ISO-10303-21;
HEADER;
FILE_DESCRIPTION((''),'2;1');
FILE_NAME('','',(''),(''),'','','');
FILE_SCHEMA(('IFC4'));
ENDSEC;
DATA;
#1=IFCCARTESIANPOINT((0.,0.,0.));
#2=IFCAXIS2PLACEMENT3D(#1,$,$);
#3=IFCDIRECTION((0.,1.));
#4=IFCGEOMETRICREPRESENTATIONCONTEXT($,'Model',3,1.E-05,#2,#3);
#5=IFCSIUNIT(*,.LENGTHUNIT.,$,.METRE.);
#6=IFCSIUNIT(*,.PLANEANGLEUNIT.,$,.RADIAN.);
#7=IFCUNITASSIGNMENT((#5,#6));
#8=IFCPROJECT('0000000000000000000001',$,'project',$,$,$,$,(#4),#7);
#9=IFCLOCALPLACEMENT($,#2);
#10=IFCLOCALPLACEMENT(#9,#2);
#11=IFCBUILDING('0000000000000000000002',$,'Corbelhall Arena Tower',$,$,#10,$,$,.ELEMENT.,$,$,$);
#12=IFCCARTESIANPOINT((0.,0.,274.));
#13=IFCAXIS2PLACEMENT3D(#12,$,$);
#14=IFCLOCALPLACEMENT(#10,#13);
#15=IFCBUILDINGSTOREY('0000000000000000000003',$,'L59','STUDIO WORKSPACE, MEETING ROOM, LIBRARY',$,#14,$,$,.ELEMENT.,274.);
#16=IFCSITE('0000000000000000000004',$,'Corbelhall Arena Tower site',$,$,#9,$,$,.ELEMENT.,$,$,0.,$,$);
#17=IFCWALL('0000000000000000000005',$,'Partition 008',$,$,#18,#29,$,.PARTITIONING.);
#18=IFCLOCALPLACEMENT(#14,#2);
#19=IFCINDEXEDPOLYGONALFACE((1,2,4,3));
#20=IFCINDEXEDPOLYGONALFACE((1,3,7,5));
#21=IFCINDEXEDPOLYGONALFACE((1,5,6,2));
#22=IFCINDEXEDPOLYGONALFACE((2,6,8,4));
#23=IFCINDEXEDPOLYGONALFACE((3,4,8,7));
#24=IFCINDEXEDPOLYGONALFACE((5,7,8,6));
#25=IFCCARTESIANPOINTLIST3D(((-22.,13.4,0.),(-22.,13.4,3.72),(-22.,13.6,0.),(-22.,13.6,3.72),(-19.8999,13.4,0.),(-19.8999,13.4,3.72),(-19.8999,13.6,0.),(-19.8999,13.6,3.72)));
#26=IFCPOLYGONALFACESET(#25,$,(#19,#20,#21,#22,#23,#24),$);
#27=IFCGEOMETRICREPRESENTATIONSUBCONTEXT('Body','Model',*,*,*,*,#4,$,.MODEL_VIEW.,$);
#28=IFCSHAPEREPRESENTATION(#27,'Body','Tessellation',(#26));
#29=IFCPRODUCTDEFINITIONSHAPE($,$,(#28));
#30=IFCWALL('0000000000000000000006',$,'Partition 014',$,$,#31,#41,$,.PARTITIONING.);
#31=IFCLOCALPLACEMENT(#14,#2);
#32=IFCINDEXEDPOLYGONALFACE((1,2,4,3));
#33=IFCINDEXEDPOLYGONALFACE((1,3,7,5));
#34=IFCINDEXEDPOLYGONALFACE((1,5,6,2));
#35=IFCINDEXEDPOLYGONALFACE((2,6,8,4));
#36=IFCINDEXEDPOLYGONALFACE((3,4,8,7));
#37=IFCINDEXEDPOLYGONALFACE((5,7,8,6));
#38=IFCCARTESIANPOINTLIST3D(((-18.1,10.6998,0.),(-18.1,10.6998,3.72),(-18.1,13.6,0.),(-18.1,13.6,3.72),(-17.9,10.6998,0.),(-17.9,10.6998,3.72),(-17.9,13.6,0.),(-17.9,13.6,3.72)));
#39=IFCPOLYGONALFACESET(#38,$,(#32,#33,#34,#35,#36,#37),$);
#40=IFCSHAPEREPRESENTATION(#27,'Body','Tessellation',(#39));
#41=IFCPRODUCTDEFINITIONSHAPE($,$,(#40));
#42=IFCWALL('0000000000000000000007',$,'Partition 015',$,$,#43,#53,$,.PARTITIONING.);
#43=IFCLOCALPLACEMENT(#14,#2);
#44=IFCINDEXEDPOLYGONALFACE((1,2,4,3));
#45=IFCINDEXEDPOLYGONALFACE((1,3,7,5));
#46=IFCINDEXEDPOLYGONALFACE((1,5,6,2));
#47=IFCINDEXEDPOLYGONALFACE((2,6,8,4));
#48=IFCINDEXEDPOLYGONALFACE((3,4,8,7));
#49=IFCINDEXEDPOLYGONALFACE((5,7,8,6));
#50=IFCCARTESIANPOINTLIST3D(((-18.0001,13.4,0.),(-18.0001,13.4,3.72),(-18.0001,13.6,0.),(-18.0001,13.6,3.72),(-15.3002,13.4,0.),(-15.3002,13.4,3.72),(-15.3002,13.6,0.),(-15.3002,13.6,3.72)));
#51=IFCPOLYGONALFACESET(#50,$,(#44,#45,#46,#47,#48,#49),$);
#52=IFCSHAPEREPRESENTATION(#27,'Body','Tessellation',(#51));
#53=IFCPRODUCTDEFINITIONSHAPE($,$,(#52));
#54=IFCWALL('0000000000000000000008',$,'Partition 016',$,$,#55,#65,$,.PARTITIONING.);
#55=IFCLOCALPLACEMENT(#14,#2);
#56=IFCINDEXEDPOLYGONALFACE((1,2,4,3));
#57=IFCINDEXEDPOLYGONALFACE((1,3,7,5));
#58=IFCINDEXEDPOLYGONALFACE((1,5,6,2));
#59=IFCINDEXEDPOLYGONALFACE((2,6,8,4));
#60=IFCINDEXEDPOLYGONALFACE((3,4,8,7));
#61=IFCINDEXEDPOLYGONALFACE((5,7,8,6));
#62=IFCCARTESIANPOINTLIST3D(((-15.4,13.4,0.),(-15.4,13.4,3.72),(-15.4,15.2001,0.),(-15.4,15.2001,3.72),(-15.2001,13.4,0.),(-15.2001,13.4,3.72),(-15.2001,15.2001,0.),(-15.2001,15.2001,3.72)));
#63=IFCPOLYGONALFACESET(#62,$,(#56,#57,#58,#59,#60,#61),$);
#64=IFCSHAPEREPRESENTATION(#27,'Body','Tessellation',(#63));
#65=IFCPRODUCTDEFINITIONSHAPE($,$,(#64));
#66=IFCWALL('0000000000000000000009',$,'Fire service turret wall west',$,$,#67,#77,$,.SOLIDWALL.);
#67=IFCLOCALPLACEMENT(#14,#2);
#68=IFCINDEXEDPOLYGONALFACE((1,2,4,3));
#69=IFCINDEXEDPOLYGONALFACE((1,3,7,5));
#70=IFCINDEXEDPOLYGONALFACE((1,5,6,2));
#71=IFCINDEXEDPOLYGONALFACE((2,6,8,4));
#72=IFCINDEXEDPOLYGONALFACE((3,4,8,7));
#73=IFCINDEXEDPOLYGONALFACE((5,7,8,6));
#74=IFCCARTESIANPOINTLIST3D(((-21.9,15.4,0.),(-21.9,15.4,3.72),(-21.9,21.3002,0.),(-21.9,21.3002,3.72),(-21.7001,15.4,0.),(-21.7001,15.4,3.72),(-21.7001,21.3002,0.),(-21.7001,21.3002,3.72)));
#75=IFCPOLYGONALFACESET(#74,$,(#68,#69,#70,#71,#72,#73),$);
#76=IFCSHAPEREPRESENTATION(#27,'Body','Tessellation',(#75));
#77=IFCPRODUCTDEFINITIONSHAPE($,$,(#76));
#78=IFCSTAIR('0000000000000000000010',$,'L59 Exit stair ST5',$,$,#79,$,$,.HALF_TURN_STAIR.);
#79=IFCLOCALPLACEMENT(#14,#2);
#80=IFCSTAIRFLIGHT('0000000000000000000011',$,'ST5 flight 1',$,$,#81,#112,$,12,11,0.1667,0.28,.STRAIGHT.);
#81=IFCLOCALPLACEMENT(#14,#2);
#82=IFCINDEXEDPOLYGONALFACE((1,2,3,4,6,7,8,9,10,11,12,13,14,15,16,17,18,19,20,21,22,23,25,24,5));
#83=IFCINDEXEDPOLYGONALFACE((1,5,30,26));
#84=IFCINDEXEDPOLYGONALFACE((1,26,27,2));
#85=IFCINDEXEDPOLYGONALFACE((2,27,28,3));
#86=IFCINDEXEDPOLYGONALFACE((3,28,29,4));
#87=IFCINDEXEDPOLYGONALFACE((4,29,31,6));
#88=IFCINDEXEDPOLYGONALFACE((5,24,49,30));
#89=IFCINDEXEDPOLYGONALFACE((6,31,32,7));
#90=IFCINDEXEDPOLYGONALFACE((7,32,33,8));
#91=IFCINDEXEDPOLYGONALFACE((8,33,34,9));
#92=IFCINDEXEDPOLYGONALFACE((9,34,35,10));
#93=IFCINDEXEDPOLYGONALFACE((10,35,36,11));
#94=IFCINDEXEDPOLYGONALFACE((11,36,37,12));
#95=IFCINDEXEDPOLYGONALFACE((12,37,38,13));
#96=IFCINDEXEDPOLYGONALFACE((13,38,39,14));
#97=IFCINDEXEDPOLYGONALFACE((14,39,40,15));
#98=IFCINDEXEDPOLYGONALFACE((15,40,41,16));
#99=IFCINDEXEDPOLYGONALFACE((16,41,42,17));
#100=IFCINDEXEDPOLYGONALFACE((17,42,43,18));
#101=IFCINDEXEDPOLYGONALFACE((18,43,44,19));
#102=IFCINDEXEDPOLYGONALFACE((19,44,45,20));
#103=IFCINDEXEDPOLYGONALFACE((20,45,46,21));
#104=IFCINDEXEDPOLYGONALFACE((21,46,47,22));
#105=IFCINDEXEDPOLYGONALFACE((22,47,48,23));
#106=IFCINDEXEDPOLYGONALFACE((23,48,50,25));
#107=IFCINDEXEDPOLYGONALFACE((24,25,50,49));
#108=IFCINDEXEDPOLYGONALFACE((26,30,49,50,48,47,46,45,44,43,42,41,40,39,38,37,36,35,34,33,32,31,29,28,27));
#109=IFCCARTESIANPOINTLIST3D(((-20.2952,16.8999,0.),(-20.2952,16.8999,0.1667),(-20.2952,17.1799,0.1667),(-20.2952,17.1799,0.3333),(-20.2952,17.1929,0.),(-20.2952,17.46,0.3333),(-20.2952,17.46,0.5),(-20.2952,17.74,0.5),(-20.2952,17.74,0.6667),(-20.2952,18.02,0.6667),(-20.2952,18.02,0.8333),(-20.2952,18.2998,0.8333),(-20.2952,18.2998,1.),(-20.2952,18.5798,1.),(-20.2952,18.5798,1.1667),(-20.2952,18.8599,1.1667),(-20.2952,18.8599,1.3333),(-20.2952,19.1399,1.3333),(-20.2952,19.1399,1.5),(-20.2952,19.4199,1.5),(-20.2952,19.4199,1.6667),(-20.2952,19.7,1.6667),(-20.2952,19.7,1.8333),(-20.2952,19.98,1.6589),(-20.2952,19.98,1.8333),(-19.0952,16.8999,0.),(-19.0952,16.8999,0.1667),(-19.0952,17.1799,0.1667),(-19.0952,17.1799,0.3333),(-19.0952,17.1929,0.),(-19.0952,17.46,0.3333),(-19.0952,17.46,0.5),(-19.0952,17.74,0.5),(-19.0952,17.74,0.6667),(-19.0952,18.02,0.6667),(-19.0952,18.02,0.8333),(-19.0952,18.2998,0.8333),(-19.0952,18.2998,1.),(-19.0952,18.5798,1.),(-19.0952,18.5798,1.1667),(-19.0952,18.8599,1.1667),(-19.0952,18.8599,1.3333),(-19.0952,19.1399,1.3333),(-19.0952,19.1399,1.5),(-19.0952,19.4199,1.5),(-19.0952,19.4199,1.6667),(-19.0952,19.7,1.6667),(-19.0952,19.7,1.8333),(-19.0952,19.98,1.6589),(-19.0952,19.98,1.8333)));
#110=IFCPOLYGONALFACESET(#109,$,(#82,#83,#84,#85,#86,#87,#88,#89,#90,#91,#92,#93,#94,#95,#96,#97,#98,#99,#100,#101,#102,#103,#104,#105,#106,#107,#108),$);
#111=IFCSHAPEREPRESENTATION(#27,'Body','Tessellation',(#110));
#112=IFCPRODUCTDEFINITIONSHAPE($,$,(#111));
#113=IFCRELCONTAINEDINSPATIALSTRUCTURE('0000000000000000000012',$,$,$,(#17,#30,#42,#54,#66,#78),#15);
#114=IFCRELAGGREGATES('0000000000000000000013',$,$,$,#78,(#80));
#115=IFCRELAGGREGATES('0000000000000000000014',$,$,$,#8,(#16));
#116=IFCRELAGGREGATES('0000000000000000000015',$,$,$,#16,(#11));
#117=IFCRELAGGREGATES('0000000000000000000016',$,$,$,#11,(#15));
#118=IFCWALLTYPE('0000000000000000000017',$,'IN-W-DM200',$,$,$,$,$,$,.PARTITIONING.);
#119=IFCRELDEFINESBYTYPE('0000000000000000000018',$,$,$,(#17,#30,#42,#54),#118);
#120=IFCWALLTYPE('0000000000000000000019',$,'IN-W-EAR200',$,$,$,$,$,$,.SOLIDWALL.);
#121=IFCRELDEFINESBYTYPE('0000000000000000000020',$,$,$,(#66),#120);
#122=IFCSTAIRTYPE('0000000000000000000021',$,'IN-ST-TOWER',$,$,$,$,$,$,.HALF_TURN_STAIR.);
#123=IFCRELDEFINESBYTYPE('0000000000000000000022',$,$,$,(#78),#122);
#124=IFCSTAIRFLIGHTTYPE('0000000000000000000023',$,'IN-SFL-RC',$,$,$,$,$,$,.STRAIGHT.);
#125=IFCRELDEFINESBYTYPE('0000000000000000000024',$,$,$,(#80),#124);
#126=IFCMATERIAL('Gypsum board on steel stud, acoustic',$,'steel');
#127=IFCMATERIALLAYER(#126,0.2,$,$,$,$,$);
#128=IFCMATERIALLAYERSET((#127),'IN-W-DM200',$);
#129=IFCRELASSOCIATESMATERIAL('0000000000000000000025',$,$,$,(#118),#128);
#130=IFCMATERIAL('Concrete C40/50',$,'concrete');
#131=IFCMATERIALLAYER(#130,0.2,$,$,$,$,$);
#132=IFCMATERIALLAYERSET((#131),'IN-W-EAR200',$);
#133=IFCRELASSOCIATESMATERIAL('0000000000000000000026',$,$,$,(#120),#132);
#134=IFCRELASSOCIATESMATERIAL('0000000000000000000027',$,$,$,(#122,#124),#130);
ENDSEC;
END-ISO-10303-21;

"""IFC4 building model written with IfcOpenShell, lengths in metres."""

from ifc_helpers import new_model, si_unit, direction, frame, frame_2d, origin, place, context, subcontext, project, spatial, polyline, rectangle, outline, extrude, material, layer, layer_set, type_object, element, aggregate, save


model = new_model("IFC4")

# Units and contexts
model_context = context("Model", 3, precision=1e-05, world=origin(), true_north=direction((0.0, 1.0)))
body_context = subcontext(model_context, "Body", "Model", "MODEL_VIEW")
ifc_project = project(units=[si_unit("LENGTHUNIT", "METRE"), si_unit("PLANEANGLEUNIT", "RADIAN")], contexts=[model_context])

# Site, building, storey
site_placement = place(None, origin())
site = spatial("IfcSite", under=ifc_project, at=site_placement, Name="Corbelhall Arena Tower site", CompositionType="ELEMENT", RefElevation=0.0)
building_placement = place(site_placement, origin())
building = spatial("IfcBuilding", under=site, at=building_placement, Name="Corbelhall Arena Tower", CompositionType="ELEMENT")
storey_placement = place(building_placement, frame((0.0, 0.0, 274.0)))
storey = spatial("IfcBuildingStorey", under=building, at=storey_placement, Name="L59", Description="STUDIO WORKSPACE, MEETING ROOM, LIBRARY", CompositionType="ELEMENT", Elevation=274.0)

# Wall
ifc_material_1 = material(Name="Gypsum board on steel stud, acoustic", Category="steel")
ifc_layer_1 = layer(ifc_material_1, 0.2)
ifc_layer_set_1 = layer_set([ifc_layer_1], Name="IN-W-DM200")
wall_type_1 = type_object("IfcWallType", Name="IN-W-DM200", PredefinedType="PARTITIONING", material=ifc_layer_set_1)
wall_1_placement = place(storey_placement, frame((-19.8999, 13.5, 0.0), z_axis=(0.0, 0.0, 1.0), x_axis=(-1.0, 0.0, 0.0)))
element("IfcWall", 1, at=wall_1_placement, inside=storey, type_object=wall_type_1, Name="Partition 008", PredefinedType="PARTITIONING", context=body_context, shape_type="SweptSolid", body=[
    extrude(rectangle(XDim=2.1001, YDim=0.2, at=frame_2d((1.05, 0.0))), origin(), (0.0, 0.0, 1.0), 3.72),
])

# Walls
wall_2_placement = place(storey_placement, frame((-18.0, 13.6001, 0.0), z_axis=(0.0, 0.0, 1.0), x_axis=(0.0, -1.0, 0.0)))
element("IfcWall", 2, at=wall_2_placement, inside=storey, type_object=wall_type_1, Name="Partition 014", PredefinedType="PARTITIONING", context=body_context, shape_type="SweptSolid", body=[
    extrude(rectangle(XDim=2.9001, YDim=0.2, at=frame_2d((1.4502, 0.0))), origin(), (0.0, 0.0, 1.0), 3.72),
])
wall_3_placement = place(storey_placement, frame((-15.3, 13.5, 0.0), z_axis=(0.0, 0.0, 1.0), x_axis=(-1.0, 0.0, 0.0)))
element("IfcWall", 3, at=wall_3_placement, inside=storey, type_object=wall_type_1, Name="Partition 015", PredefinedType="PARTITIONING", context=body_context, shape_type="SweptSolid", body=[
    extrude(rectangle(XDim=2.7, YDim=0.2, at=frame_2d((1.3501, 0.0))), origin(), (0.0, 0.0, 1.0), 3.72),
])
wall_4_placement = place(storey_placement, frame((-15.3, 15.2, 0.0), z_axis=(0.0, 0.0, 1.0), x_axis=(0.0, -1.0, 0.0)))
element("IfcWall", 4, at=wall_4_placement, inside=storey, type_object=wall_type_1, Name="Partition 016", PredefinedType="PARTITIONING", context=body_context, shape_type="SweptSolid", body=[
    extrude(rectangle(XDim=1.8, YDim=0.2, at=frame_2d((0.8999, 0.0))), origin(), (0.0, 0.0, 1.0), 3.72),
])
ifc_material_2 = material(Name="Concrete C40/50", Category="concrete")
ifc_layer_2 = layer(ifc_material_2, 0.2)
ifc_layer_set_2 = layer_set([ifc_layer_2], Name="IN-W-EAR200")
wall_type_2 = type_object("IfcWallType", Name="IN-W-EAR200", PredefinedType="SOLIDWALL", material=ifc_layer_set_2)
wall_5_placement = place(storey_placement, frame((-21.8, 15.3999, 0.0), z_axis=(0.0, 0.0, 1.0), x_axis=(0.0, 1.0, 0.0)))
element("IfcWall", 5, at=wall_5_placement, inside=storey, type_object=wall_type_2, Name="Fire service turret wall west", PredefinedType="SOLIDWALL", context=body_context, shape_type="SweptSolid", body=[
    extrude(rectangle(XDim=5.9001, YDim=0.2, at=frame_2d((2.9502, 0.0))), origin(), (0.0, 0.0, 1.0), 3.72),
])

# Stair, stair flight
stair_type = type_object("IfcStairType", Name="IN-ST-TOWER", PredefinedType="HALF_TURN_STAIR", material=ifc_material_2)
stair_placement = place(storey_placement, origin())
stair = element("IfcStair", 6, at=stair_placement, inside=storey, type_object=stair_type, Name="L59 Exit stair ST5", PredefinedType="HALF_TURN_STAIR")
stair_flight_type = type_object("IfcStairFlightType", Name="IN-SFL-RC", PredefinedType="STRAIGHT", material=ifc_material_2)
stair_flight_placement = place(storey_placement, frame((-19.6951, 16.8999, 0.0), z_axis=(0.0, 0.0, 1.0), x_axis=(0.0, 1.0, 0.0)))
stair_flight = element("IfcStairFlight", 7, at=stair_flight_placement, type_object=stair_flight_type, Name="ST5 flight 1", NumberOfRisers=12, NumberOfTreads=11, PredefinedType="STRAIGHT", RiserHeight=0.1667, TreadLength=0.28, context=body_context, shape_type="SweptSolid", body=[
    extrude(outline(polyline([(0.0, 0.0), (0.0, 0.1667), (0.28, 0.1667), (0.28, 0.3333), (0.5601, 0.3333), (0.5601, 0.5), (0.8401, 0.5), (0.8401, 0.6667), (1.1201, 0.6667), (1.1201, 0.8333), (1.3999, 0.8333), (1.3999, 1.0), (1.6799, 1.0), (1.6799, 1.1667), (1.96, 1.1667), (1.96, 1.3333), (2.24, 1.3333), (2.24, 1.5), (2.52, 1.5), (2.52, 1.6667), (2.8, 1.6667), (2.8, 1.8333), (3.0801, 1.8333), (3.0801, 2.0), (3.0801, 1.6589), (0.293, 0.0), (0.0, 0.0)])), frame((0.0, 0.6001, 0.0), z_axis=(0.0, -1.0, 0.0), x_axis=(1.0, 0.0, 0.0)), (0.0, 0.0, 1.0), 1.2),
])
aggregate(stair, [stair_flight])

save(model, "model.ifc")
